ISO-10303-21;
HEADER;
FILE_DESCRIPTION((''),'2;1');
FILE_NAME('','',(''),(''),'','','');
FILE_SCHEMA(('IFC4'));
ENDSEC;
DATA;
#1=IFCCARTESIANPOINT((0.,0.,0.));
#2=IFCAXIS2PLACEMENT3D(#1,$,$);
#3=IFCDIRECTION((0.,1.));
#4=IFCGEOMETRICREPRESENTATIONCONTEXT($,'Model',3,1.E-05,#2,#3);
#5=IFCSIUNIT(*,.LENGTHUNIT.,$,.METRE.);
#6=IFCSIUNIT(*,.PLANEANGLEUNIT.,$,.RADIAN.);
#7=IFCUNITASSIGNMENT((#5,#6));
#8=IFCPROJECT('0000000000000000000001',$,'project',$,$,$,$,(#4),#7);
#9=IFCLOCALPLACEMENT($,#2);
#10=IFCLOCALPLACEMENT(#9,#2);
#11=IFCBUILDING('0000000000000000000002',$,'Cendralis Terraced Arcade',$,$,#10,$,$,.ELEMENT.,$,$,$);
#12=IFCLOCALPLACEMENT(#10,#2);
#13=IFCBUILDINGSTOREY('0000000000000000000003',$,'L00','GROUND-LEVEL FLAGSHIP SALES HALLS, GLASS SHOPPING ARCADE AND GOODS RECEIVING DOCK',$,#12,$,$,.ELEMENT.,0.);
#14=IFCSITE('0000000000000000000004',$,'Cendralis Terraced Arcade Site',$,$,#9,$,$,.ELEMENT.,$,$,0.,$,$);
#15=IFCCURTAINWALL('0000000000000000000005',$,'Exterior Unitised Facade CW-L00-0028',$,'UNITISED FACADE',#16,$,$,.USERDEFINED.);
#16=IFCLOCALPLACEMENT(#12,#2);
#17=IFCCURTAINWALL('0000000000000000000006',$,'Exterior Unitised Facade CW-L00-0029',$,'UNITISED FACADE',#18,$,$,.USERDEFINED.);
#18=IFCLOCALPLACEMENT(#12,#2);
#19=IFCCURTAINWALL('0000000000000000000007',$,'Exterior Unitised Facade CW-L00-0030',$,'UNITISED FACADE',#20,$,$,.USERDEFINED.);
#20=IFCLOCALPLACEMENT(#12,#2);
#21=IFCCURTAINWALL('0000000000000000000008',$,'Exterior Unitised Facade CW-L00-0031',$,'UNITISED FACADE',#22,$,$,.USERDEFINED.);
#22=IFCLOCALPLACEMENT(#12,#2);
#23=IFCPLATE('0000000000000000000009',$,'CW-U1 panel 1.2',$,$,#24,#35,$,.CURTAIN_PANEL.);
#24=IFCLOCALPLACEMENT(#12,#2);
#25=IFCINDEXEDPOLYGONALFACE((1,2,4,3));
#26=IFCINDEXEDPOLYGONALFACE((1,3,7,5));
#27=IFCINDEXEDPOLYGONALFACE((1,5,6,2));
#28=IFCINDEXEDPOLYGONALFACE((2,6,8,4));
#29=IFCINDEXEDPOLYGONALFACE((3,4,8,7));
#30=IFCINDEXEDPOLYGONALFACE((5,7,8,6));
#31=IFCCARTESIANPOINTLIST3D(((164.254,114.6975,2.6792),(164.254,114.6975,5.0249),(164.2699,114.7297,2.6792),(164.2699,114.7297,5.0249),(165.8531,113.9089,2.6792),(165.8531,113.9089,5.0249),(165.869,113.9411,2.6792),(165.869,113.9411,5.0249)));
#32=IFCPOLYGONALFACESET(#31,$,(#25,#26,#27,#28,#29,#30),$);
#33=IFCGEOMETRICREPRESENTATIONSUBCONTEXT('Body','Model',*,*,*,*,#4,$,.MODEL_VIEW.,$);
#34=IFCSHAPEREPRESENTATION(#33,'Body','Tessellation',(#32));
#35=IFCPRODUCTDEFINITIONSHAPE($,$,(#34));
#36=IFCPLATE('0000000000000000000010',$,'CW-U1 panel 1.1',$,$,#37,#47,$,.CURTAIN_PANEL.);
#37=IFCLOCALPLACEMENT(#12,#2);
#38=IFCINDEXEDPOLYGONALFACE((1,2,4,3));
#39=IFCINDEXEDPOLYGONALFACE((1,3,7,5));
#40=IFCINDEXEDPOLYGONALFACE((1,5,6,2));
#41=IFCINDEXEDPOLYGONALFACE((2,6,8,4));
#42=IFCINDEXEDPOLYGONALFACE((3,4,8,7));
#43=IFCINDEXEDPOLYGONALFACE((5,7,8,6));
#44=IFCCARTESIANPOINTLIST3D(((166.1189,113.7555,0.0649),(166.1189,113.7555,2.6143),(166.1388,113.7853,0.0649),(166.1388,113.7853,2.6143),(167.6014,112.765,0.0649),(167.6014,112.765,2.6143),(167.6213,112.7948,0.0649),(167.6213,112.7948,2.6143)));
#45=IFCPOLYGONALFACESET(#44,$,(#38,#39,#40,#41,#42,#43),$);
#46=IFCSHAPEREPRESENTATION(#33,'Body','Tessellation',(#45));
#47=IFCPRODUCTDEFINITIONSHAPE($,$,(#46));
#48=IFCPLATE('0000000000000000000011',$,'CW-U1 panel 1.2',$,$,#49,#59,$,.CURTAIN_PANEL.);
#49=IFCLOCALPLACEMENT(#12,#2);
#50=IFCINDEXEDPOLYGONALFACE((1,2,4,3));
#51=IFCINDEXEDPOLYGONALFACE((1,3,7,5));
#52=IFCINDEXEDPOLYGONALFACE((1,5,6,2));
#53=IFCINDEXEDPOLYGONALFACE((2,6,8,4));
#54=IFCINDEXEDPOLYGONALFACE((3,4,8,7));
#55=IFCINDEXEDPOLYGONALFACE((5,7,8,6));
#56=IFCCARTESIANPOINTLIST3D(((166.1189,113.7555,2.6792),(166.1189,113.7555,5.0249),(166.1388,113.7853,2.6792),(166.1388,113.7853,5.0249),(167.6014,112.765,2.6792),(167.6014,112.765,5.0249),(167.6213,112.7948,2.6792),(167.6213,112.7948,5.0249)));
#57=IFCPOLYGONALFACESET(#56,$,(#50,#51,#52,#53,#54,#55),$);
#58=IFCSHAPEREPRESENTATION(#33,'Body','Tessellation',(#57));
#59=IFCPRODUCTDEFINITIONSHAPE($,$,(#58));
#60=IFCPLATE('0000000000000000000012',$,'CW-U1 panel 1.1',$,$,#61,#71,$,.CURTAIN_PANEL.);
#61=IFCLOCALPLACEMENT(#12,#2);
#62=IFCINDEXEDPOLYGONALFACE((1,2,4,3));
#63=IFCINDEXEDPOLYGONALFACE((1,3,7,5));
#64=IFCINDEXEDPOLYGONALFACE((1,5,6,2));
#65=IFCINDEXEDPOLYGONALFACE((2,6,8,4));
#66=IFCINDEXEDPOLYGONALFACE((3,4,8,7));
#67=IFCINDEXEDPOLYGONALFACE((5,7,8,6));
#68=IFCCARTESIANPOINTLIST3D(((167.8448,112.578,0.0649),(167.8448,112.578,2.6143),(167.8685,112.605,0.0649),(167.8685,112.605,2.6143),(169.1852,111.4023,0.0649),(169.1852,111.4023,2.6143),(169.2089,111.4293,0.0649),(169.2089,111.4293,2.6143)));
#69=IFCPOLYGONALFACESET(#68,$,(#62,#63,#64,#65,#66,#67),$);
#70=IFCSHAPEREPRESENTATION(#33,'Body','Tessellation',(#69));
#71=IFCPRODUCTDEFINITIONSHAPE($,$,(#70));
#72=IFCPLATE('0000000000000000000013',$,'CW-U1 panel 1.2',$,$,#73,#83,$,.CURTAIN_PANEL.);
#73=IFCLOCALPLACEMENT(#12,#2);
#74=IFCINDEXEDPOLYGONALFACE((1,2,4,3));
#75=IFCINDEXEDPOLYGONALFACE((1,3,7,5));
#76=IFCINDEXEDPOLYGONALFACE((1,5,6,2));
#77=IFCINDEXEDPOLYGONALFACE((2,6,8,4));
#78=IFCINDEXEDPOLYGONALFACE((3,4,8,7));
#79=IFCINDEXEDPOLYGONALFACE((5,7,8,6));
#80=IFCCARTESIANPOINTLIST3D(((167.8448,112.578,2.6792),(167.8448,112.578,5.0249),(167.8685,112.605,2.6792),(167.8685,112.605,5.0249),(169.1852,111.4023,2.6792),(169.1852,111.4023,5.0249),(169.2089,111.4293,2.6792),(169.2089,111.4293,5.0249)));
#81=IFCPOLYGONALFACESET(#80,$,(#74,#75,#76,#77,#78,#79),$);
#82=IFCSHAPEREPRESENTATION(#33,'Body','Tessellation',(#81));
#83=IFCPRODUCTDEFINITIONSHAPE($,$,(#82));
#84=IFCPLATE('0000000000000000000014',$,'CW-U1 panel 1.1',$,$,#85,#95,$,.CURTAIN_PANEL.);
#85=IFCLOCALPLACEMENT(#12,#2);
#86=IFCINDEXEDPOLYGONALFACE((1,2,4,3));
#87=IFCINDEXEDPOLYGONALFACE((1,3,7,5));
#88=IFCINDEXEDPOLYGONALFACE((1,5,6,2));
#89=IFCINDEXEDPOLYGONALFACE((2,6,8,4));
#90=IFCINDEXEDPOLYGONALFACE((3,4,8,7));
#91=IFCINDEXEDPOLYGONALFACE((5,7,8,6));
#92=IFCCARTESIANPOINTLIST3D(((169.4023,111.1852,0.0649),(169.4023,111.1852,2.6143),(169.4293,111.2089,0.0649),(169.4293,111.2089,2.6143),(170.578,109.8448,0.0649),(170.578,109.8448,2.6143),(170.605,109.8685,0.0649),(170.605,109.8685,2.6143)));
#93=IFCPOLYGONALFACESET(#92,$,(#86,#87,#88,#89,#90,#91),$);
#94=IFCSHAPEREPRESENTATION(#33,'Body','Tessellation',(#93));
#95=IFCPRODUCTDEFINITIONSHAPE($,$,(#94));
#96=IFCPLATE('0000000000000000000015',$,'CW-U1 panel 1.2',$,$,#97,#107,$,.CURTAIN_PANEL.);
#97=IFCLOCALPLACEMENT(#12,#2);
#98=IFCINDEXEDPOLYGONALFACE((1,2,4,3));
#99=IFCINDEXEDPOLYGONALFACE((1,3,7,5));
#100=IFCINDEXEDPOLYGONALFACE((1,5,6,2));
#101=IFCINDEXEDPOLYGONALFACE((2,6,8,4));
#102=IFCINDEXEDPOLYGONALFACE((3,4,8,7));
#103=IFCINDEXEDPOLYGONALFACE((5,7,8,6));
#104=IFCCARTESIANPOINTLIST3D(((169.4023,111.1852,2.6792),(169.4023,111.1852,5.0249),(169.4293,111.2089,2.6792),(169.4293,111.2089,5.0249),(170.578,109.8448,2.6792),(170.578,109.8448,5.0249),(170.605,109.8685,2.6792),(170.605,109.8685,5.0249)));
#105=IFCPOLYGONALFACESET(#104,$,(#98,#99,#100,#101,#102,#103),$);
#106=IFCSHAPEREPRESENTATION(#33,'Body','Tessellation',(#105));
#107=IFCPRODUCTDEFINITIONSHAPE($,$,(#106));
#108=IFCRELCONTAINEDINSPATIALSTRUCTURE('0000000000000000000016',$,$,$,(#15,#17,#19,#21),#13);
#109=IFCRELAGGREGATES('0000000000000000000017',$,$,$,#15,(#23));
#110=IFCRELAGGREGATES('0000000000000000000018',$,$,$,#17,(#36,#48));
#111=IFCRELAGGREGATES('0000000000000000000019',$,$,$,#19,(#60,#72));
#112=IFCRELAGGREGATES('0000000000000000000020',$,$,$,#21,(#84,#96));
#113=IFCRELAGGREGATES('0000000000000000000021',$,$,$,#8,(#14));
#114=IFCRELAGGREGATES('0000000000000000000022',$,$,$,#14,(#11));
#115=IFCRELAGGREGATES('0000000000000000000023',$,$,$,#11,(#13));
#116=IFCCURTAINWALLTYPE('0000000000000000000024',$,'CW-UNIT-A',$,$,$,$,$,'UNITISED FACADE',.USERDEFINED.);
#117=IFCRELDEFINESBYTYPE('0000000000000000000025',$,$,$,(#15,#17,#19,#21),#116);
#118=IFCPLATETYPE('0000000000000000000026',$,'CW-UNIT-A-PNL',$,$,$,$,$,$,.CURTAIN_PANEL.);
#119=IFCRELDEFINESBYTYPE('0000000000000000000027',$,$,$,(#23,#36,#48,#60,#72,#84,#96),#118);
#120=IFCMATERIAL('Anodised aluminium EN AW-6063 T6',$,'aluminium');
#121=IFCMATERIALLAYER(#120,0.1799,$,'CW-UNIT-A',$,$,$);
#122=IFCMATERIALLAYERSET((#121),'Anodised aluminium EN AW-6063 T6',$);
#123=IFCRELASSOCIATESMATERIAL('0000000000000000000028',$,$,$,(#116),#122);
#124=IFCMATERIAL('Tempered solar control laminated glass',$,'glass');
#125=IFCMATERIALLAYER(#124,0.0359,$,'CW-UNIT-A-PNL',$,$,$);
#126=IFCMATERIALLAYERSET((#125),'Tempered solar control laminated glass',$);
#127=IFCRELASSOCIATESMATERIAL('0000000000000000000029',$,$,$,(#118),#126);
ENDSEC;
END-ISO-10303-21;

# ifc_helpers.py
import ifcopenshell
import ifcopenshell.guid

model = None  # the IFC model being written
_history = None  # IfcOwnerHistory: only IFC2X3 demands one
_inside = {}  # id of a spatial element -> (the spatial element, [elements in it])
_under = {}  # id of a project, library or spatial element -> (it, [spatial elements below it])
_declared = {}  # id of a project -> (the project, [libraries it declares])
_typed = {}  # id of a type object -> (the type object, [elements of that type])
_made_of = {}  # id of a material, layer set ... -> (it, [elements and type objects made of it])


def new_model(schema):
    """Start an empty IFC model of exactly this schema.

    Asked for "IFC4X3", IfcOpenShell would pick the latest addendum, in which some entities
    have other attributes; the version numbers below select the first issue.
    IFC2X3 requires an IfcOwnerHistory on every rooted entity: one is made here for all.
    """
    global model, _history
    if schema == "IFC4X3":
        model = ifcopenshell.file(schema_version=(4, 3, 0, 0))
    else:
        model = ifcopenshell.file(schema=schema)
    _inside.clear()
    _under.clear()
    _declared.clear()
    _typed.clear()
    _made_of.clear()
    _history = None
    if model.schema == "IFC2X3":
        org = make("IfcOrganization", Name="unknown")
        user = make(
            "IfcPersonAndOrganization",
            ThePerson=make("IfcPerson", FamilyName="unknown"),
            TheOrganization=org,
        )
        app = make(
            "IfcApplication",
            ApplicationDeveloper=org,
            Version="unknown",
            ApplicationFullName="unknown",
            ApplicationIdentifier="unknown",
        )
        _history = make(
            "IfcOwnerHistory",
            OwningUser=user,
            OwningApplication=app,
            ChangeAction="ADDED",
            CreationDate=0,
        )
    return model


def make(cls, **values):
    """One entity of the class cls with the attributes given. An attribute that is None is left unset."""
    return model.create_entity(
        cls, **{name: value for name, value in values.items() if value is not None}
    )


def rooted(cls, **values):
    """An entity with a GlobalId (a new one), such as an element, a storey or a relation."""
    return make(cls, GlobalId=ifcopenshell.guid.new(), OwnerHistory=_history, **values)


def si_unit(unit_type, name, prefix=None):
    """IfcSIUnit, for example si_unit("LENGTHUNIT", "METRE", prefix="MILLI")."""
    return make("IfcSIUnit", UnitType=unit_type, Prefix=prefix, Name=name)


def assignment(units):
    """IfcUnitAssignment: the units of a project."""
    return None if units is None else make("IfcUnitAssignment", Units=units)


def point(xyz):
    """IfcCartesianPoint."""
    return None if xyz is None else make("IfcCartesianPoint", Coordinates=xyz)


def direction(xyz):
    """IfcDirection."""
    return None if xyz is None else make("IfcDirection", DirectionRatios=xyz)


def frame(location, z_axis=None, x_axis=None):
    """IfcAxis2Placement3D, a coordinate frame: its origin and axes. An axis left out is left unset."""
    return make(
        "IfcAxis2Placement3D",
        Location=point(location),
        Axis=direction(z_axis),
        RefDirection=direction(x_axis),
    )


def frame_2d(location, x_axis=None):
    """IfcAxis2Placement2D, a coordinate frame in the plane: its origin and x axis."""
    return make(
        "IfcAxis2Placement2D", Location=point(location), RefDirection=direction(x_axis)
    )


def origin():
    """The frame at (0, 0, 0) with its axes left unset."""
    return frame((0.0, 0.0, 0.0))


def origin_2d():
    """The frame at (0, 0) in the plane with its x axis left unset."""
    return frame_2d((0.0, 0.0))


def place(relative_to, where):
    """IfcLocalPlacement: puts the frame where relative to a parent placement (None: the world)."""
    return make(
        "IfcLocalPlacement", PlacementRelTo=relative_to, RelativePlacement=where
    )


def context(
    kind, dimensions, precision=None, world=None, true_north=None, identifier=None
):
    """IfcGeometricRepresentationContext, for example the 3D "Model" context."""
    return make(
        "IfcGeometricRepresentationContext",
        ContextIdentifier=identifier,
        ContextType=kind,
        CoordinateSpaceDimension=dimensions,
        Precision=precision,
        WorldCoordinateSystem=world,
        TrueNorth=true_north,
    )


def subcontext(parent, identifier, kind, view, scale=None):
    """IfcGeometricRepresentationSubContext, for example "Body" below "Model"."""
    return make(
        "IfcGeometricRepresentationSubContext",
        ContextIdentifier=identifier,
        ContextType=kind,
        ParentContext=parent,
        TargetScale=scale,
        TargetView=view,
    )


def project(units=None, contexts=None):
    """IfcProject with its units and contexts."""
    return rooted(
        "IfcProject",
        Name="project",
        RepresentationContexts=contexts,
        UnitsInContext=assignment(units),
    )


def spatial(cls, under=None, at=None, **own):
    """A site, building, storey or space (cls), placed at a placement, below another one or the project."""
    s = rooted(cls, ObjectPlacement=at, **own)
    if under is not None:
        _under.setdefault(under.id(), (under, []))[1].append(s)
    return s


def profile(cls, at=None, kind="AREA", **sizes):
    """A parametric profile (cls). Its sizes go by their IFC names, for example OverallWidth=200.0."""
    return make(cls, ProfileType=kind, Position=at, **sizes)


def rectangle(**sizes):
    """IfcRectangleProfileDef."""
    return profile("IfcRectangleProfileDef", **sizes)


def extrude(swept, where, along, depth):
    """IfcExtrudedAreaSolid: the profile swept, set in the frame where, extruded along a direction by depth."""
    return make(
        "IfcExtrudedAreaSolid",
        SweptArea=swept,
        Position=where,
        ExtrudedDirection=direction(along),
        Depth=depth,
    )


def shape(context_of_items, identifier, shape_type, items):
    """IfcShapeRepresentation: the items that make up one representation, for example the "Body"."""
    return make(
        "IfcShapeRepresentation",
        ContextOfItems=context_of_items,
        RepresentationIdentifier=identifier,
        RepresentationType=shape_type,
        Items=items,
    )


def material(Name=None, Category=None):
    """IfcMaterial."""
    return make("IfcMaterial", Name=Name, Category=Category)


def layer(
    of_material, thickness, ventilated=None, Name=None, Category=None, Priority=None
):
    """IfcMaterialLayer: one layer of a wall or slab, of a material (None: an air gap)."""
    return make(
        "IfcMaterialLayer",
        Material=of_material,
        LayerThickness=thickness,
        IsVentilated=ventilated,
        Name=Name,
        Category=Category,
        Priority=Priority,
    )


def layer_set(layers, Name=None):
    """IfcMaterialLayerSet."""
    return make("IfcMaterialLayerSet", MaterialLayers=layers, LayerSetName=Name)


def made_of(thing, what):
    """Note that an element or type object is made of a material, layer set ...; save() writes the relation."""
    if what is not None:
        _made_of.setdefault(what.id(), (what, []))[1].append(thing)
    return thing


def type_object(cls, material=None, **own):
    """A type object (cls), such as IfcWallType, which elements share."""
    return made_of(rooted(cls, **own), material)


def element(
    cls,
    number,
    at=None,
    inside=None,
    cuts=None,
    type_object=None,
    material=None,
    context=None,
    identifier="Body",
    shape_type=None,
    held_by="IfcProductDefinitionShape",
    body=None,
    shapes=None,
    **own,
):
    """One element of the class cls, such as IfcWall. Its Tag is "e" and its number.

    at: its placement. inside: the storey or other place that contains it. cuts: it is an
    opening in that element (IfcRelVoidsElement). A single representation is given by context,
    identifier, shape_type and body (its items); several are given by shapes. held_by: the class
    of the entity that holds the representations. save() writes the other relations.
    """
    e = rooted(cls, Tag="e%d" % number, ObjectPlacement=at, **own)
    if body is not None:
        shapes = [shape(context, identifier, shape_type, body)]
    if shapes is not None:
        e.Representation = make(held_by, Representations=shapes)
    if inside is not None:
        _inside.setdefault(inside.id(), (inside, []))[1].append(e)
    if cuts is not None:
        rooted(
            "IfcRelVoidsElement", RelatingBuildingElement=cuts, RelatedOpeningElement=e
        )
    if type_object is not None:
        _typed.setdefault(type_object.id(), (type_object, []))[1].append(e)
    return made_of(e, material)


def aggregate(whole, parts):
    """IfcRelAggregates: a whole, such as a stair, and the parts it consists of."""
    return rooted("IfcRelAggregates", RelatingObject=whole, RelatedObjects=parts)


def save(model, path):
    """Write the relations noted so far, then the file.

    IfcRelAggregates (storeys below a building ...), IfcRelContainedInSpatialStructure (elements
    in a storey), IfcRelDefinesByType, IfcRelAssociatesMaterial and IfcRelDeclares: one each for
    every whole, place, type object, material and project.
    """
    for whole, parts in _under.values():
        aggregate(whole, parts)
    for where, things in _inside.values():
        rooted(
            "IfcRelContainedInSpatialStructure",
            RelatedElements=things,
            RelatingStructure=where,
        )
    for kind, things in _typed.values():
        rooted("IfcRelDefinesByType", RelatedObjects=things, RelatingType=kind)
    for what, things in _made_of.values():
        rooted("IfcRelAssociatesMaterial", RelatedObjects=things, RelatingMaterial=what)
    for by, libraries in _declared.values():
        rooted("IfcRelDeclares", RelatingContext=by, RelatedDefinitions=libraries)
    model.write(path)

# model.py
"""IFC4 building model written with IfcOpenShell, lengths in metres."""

from ifc_helpers import new_model, si_unit, direction, frame, origin, origin_2d, place, context, subcontext, project, spatial, rectangle, extrude, material, layer, layer_set, type_object, element, aggregate, save


model = new_model("IFC4")

# Units and contexts
model_context = context("Model", 3, precision=1e-05, world=origin(), true_north=direction((0.0, 1.0)))
body_context = subcontext(model_context, "Body", "Model", "MODEL_VIEW")
ifc_project = project(units=[si_unit("LENGTHUNIT", "METRE"), si_unit("PLANEANGLEUNIT", "RADIAN")], contexts=[model_context])

# Site, building, storey
site_placement = place(None, origin())
site = spatial("IfcSite", under=ifc_project, at=site_placement, Name="Cendralis Terraced Arcade Site", CompositionType="ELEMENT", RefElevation=0.0)
building_placement = place(site_placement, origin())
building = spatial("IfcBuilding", under=site, at=building_placement, Name="Cendralis Terraced Arcade", CompositionType="ELEMENT")
storey_placement = place(building_placement, origin())
storey = spatial("IfcBuildingStorey", under=building, at=storey_placement, Name="L00", Description="GROUND-LEVEL FLAGSHIP SALES HALLS, GLASS SHOPPING ARCADE AND GOODS RECEIVING DOCK", CompositionType="ELEMENT", Elevation=0.0)

# Curtain wall
ifc_material_1 = material(Name="Anodised aluminium EN AW-6063 T6", Category="aluminium")
ifc_layer_1 = layer(ifc_material_1, 0.1799, Name="CW-UNIT-A")
ifc_layer_set_1 = layer_set([ifc_layer_1], Name="Anodised aluminium EN AW-6063 T6")
curtain_wall_type = type_object("IfcCurtainWallType", Name="CW-UNIT-A", ElementType="UNITISED FACADE", PredefinedType="USERDEFINED", material=ifc_layer_set_1)
curtain_wall_1_placement = place(storey_placement, origin())
curtain_wall_1 = element("IfcCurtainWall", 1, at=curtain_wall_1_placement, inside=storey, type_object=curtain_wall_type, Name="Exterior Unitised Facade CW-L00-0028", ObjectType="UNITISED FACADE", PredefinedType="USERDEFINED")

# Curtain walls
curtain_wall_2_placement = place(storey_placement, origin())
curtain_wall_2 = element("IfcCurtainWall", 2, at=curtain_wall_2_placement, inside=storey, type_object=curtain_wall_type, Name="Exterior Unitised Facade CW-L00-0029", ObjectType="UNITISED FACADE", PredefinedType="USERDEFINED")
curtain_wall_3_placement = place(storey_placement, origin())
curtain_wall_3 = element("IfcCurtainWall", 3, at=curtain_wall_3_placement, inside=storey, type_object=curtain_wall_type, Name="Exterior Unitised Facade CW-L00-0030", ObjectType="UNITISED FACADE", PredefinedType="USERDEFINED")
curtain_wall_4_placement = place(storey_placement, origin())
curtain_wall_4 = element("IfcCurtainWall", 4, at=curtain_wall_4_placement, inside=storey, type_object=curtain_wall_type, Name="Exterior Unitised Facade CW-L00-0031", ObjectType="UNITISED FACADE", PredefinedType="USERDEFINED")

# Plates
ifc_material_2 = material(Name="Tempered solar control laminated glass", Category="glass")
ifc_layer_2 = layer(ifc_material_2, 0.0359, Name="CW-UNIT-A-PNL")
ifc_layer_set_2 = layer_set([ifc_layer_2], Name="Tempered solar control laminated glass")
plate_type = type_object("IfcPlateType", Name="CW-UNIT-A-PNL", PredefinedType="CURTAIN_PANEL", material=ifc_layer_set_2)
plate_1_placement = place(storey_placement, frame((165.0615, 114.3193, 2.6792), z_axis=(0.0, 0.0, 1.0), x_axis=(0.896871, -0.442293, 0.0)))
plate_1 = element("IfcPlate", 5, at=plate_1_placement, type_object=plate_type, Name="CW-U1 panel 1.2", PredefinedType="CURTAIN_PANEL", context=body_context, shape_type="SweptSolid", body=[
    extrude(rectangle(XDim=1.783, YDim=0.0359, at=origin_2d()), origin(), (0.0, 0.0, 1.0), 2.3457),
])
aggregate(curtain_wall_1, [plate_1])
plate_2_placement = place(storey_placement, frame((166.8701, 113.2751, 0.0649), z_axis=(0.0, 0.0, 1.0), x_axis=(0.831495, -0.555532, 0.0)))
plate_2 = element("IfcPlate", 6, at=plate_2_placement, type_object=plate_type, Name="CW-U1 panel 1.1", PredefinedType="CURTAIN_PANEL", context=body_context, shape_type="SweptSolid", body=[
    extrude(rectangle(XDim=1.783, YDim=0.0359, at=origin_2d()), origin(), (0.0, 0.0, 1.0), 2.5493),
])
plate_3_placement = place(storey_placement, frame((166.8701, 113.2751, 2.6792), z_axis=(0.0, 0.0, 1.0), x_axis=(0.831495, -0.555532, 0.0)))
plate_3 = element("IfcPlate", 7, at=plate_3_placement, type_object=plate_type, Name="CW-U1 panel 1.2", PredefinedType="CURTAIN_PANEL", context=body_context, shape_type="SweptSolid", body=[
    extrude(rectangle(XDim=1.783, YDim=0.0359, at=origin_2d()), origin(), (0.0, 0.0, 1.0), 2.3457),
])
aggregate(curtain_wall_2, [plate_2, plate_3])
plate_4_placement = place(storey_placement, frame((168.5269, 112.0037, 0.0649), z_axis=(0.0, 0.0, 1.0), x_axis=(0.751783, -0.659411, 0.0)))
plate_4 = element("IfcPlate", 8, at=plate_4_placement, type_object=plate_type, Name="CW-U1 panel 1.1", PredefinedType="CURTAIN_PANEL", context=body_context, shape_type="SweptSolid", body=[
    extrude(rectangle(XDim=1.783, YDim=0.0359, at=origin_2d()), origin(), (0.0, 0.0, 1.0), 2.5493),
])
plate_5_placement = place(storey_placement, frame((168.5269, 112.0037, 2.6792), z_axis=(0.0, 0.0, 1.0), x_axis=(0.751783, -0.659411, 0.0)))
plate_5 = element("IfcPlate", 9, at=plate_5_placement, type_object=plate_type, Name="CW-U1 panel 1.2", PredefinedType="CURTAIN_PANEL", context=body_context, shape_type="SweptSolid", body=[
    extrude(rectangle(XDim=1.783, YDim=0.0359, at=origin_2d()), origin(), (0.0, 0.0, 1.0), 2.3457),
])
aggregate(curtain_wall_3, [plate_4, plate_5])
plate_6_placement = place(storey_placement, frame((170.0037, 110.5269, 0.0649), z_axis=(0.0, 0.0, 1.0), x_axis=(0.659411, -0.751783, 0.0)))
plate_6 = element("IfcPlate", 10, at=plate_6_placement, type_object=plate_type, Name="CW-U1 panel 1.1", PredefinedType="CURTAIN_PANEL", context=body_context, shape_type="SweptSolid", body=[
    extrude(rectangle(XDim=1.783, YDim=0.0359, at=origin_2d()), origin(), (0.0, 0.0, 1.0), 2.5493),
])
plate_7_placement = place(storey_placement, frame((170.0037, 110.5269, 2.6792), z_axis=(0.0, 0.0, 1.0), x_axis=(0.659411, -0.751783, 0.0)))
plate_7 = element("IfcPlate", 11, at=plate_7_placement, type_object=plate_type, Name="CW-U1 panel 1.2", PredefinedType="CURTAIN_PANEL", context=body_context, shape_type="SweptSolid", body=[
    extrude(rectangle(XDim=1.783, YDim=0.0359, at=origin_2d()), origin(), (0.0, 0.0, 1.0), 2.3457),
])
aggregate(curtain_wall_4, [plate_6, plate_7])

save(model, "model.ifc")
